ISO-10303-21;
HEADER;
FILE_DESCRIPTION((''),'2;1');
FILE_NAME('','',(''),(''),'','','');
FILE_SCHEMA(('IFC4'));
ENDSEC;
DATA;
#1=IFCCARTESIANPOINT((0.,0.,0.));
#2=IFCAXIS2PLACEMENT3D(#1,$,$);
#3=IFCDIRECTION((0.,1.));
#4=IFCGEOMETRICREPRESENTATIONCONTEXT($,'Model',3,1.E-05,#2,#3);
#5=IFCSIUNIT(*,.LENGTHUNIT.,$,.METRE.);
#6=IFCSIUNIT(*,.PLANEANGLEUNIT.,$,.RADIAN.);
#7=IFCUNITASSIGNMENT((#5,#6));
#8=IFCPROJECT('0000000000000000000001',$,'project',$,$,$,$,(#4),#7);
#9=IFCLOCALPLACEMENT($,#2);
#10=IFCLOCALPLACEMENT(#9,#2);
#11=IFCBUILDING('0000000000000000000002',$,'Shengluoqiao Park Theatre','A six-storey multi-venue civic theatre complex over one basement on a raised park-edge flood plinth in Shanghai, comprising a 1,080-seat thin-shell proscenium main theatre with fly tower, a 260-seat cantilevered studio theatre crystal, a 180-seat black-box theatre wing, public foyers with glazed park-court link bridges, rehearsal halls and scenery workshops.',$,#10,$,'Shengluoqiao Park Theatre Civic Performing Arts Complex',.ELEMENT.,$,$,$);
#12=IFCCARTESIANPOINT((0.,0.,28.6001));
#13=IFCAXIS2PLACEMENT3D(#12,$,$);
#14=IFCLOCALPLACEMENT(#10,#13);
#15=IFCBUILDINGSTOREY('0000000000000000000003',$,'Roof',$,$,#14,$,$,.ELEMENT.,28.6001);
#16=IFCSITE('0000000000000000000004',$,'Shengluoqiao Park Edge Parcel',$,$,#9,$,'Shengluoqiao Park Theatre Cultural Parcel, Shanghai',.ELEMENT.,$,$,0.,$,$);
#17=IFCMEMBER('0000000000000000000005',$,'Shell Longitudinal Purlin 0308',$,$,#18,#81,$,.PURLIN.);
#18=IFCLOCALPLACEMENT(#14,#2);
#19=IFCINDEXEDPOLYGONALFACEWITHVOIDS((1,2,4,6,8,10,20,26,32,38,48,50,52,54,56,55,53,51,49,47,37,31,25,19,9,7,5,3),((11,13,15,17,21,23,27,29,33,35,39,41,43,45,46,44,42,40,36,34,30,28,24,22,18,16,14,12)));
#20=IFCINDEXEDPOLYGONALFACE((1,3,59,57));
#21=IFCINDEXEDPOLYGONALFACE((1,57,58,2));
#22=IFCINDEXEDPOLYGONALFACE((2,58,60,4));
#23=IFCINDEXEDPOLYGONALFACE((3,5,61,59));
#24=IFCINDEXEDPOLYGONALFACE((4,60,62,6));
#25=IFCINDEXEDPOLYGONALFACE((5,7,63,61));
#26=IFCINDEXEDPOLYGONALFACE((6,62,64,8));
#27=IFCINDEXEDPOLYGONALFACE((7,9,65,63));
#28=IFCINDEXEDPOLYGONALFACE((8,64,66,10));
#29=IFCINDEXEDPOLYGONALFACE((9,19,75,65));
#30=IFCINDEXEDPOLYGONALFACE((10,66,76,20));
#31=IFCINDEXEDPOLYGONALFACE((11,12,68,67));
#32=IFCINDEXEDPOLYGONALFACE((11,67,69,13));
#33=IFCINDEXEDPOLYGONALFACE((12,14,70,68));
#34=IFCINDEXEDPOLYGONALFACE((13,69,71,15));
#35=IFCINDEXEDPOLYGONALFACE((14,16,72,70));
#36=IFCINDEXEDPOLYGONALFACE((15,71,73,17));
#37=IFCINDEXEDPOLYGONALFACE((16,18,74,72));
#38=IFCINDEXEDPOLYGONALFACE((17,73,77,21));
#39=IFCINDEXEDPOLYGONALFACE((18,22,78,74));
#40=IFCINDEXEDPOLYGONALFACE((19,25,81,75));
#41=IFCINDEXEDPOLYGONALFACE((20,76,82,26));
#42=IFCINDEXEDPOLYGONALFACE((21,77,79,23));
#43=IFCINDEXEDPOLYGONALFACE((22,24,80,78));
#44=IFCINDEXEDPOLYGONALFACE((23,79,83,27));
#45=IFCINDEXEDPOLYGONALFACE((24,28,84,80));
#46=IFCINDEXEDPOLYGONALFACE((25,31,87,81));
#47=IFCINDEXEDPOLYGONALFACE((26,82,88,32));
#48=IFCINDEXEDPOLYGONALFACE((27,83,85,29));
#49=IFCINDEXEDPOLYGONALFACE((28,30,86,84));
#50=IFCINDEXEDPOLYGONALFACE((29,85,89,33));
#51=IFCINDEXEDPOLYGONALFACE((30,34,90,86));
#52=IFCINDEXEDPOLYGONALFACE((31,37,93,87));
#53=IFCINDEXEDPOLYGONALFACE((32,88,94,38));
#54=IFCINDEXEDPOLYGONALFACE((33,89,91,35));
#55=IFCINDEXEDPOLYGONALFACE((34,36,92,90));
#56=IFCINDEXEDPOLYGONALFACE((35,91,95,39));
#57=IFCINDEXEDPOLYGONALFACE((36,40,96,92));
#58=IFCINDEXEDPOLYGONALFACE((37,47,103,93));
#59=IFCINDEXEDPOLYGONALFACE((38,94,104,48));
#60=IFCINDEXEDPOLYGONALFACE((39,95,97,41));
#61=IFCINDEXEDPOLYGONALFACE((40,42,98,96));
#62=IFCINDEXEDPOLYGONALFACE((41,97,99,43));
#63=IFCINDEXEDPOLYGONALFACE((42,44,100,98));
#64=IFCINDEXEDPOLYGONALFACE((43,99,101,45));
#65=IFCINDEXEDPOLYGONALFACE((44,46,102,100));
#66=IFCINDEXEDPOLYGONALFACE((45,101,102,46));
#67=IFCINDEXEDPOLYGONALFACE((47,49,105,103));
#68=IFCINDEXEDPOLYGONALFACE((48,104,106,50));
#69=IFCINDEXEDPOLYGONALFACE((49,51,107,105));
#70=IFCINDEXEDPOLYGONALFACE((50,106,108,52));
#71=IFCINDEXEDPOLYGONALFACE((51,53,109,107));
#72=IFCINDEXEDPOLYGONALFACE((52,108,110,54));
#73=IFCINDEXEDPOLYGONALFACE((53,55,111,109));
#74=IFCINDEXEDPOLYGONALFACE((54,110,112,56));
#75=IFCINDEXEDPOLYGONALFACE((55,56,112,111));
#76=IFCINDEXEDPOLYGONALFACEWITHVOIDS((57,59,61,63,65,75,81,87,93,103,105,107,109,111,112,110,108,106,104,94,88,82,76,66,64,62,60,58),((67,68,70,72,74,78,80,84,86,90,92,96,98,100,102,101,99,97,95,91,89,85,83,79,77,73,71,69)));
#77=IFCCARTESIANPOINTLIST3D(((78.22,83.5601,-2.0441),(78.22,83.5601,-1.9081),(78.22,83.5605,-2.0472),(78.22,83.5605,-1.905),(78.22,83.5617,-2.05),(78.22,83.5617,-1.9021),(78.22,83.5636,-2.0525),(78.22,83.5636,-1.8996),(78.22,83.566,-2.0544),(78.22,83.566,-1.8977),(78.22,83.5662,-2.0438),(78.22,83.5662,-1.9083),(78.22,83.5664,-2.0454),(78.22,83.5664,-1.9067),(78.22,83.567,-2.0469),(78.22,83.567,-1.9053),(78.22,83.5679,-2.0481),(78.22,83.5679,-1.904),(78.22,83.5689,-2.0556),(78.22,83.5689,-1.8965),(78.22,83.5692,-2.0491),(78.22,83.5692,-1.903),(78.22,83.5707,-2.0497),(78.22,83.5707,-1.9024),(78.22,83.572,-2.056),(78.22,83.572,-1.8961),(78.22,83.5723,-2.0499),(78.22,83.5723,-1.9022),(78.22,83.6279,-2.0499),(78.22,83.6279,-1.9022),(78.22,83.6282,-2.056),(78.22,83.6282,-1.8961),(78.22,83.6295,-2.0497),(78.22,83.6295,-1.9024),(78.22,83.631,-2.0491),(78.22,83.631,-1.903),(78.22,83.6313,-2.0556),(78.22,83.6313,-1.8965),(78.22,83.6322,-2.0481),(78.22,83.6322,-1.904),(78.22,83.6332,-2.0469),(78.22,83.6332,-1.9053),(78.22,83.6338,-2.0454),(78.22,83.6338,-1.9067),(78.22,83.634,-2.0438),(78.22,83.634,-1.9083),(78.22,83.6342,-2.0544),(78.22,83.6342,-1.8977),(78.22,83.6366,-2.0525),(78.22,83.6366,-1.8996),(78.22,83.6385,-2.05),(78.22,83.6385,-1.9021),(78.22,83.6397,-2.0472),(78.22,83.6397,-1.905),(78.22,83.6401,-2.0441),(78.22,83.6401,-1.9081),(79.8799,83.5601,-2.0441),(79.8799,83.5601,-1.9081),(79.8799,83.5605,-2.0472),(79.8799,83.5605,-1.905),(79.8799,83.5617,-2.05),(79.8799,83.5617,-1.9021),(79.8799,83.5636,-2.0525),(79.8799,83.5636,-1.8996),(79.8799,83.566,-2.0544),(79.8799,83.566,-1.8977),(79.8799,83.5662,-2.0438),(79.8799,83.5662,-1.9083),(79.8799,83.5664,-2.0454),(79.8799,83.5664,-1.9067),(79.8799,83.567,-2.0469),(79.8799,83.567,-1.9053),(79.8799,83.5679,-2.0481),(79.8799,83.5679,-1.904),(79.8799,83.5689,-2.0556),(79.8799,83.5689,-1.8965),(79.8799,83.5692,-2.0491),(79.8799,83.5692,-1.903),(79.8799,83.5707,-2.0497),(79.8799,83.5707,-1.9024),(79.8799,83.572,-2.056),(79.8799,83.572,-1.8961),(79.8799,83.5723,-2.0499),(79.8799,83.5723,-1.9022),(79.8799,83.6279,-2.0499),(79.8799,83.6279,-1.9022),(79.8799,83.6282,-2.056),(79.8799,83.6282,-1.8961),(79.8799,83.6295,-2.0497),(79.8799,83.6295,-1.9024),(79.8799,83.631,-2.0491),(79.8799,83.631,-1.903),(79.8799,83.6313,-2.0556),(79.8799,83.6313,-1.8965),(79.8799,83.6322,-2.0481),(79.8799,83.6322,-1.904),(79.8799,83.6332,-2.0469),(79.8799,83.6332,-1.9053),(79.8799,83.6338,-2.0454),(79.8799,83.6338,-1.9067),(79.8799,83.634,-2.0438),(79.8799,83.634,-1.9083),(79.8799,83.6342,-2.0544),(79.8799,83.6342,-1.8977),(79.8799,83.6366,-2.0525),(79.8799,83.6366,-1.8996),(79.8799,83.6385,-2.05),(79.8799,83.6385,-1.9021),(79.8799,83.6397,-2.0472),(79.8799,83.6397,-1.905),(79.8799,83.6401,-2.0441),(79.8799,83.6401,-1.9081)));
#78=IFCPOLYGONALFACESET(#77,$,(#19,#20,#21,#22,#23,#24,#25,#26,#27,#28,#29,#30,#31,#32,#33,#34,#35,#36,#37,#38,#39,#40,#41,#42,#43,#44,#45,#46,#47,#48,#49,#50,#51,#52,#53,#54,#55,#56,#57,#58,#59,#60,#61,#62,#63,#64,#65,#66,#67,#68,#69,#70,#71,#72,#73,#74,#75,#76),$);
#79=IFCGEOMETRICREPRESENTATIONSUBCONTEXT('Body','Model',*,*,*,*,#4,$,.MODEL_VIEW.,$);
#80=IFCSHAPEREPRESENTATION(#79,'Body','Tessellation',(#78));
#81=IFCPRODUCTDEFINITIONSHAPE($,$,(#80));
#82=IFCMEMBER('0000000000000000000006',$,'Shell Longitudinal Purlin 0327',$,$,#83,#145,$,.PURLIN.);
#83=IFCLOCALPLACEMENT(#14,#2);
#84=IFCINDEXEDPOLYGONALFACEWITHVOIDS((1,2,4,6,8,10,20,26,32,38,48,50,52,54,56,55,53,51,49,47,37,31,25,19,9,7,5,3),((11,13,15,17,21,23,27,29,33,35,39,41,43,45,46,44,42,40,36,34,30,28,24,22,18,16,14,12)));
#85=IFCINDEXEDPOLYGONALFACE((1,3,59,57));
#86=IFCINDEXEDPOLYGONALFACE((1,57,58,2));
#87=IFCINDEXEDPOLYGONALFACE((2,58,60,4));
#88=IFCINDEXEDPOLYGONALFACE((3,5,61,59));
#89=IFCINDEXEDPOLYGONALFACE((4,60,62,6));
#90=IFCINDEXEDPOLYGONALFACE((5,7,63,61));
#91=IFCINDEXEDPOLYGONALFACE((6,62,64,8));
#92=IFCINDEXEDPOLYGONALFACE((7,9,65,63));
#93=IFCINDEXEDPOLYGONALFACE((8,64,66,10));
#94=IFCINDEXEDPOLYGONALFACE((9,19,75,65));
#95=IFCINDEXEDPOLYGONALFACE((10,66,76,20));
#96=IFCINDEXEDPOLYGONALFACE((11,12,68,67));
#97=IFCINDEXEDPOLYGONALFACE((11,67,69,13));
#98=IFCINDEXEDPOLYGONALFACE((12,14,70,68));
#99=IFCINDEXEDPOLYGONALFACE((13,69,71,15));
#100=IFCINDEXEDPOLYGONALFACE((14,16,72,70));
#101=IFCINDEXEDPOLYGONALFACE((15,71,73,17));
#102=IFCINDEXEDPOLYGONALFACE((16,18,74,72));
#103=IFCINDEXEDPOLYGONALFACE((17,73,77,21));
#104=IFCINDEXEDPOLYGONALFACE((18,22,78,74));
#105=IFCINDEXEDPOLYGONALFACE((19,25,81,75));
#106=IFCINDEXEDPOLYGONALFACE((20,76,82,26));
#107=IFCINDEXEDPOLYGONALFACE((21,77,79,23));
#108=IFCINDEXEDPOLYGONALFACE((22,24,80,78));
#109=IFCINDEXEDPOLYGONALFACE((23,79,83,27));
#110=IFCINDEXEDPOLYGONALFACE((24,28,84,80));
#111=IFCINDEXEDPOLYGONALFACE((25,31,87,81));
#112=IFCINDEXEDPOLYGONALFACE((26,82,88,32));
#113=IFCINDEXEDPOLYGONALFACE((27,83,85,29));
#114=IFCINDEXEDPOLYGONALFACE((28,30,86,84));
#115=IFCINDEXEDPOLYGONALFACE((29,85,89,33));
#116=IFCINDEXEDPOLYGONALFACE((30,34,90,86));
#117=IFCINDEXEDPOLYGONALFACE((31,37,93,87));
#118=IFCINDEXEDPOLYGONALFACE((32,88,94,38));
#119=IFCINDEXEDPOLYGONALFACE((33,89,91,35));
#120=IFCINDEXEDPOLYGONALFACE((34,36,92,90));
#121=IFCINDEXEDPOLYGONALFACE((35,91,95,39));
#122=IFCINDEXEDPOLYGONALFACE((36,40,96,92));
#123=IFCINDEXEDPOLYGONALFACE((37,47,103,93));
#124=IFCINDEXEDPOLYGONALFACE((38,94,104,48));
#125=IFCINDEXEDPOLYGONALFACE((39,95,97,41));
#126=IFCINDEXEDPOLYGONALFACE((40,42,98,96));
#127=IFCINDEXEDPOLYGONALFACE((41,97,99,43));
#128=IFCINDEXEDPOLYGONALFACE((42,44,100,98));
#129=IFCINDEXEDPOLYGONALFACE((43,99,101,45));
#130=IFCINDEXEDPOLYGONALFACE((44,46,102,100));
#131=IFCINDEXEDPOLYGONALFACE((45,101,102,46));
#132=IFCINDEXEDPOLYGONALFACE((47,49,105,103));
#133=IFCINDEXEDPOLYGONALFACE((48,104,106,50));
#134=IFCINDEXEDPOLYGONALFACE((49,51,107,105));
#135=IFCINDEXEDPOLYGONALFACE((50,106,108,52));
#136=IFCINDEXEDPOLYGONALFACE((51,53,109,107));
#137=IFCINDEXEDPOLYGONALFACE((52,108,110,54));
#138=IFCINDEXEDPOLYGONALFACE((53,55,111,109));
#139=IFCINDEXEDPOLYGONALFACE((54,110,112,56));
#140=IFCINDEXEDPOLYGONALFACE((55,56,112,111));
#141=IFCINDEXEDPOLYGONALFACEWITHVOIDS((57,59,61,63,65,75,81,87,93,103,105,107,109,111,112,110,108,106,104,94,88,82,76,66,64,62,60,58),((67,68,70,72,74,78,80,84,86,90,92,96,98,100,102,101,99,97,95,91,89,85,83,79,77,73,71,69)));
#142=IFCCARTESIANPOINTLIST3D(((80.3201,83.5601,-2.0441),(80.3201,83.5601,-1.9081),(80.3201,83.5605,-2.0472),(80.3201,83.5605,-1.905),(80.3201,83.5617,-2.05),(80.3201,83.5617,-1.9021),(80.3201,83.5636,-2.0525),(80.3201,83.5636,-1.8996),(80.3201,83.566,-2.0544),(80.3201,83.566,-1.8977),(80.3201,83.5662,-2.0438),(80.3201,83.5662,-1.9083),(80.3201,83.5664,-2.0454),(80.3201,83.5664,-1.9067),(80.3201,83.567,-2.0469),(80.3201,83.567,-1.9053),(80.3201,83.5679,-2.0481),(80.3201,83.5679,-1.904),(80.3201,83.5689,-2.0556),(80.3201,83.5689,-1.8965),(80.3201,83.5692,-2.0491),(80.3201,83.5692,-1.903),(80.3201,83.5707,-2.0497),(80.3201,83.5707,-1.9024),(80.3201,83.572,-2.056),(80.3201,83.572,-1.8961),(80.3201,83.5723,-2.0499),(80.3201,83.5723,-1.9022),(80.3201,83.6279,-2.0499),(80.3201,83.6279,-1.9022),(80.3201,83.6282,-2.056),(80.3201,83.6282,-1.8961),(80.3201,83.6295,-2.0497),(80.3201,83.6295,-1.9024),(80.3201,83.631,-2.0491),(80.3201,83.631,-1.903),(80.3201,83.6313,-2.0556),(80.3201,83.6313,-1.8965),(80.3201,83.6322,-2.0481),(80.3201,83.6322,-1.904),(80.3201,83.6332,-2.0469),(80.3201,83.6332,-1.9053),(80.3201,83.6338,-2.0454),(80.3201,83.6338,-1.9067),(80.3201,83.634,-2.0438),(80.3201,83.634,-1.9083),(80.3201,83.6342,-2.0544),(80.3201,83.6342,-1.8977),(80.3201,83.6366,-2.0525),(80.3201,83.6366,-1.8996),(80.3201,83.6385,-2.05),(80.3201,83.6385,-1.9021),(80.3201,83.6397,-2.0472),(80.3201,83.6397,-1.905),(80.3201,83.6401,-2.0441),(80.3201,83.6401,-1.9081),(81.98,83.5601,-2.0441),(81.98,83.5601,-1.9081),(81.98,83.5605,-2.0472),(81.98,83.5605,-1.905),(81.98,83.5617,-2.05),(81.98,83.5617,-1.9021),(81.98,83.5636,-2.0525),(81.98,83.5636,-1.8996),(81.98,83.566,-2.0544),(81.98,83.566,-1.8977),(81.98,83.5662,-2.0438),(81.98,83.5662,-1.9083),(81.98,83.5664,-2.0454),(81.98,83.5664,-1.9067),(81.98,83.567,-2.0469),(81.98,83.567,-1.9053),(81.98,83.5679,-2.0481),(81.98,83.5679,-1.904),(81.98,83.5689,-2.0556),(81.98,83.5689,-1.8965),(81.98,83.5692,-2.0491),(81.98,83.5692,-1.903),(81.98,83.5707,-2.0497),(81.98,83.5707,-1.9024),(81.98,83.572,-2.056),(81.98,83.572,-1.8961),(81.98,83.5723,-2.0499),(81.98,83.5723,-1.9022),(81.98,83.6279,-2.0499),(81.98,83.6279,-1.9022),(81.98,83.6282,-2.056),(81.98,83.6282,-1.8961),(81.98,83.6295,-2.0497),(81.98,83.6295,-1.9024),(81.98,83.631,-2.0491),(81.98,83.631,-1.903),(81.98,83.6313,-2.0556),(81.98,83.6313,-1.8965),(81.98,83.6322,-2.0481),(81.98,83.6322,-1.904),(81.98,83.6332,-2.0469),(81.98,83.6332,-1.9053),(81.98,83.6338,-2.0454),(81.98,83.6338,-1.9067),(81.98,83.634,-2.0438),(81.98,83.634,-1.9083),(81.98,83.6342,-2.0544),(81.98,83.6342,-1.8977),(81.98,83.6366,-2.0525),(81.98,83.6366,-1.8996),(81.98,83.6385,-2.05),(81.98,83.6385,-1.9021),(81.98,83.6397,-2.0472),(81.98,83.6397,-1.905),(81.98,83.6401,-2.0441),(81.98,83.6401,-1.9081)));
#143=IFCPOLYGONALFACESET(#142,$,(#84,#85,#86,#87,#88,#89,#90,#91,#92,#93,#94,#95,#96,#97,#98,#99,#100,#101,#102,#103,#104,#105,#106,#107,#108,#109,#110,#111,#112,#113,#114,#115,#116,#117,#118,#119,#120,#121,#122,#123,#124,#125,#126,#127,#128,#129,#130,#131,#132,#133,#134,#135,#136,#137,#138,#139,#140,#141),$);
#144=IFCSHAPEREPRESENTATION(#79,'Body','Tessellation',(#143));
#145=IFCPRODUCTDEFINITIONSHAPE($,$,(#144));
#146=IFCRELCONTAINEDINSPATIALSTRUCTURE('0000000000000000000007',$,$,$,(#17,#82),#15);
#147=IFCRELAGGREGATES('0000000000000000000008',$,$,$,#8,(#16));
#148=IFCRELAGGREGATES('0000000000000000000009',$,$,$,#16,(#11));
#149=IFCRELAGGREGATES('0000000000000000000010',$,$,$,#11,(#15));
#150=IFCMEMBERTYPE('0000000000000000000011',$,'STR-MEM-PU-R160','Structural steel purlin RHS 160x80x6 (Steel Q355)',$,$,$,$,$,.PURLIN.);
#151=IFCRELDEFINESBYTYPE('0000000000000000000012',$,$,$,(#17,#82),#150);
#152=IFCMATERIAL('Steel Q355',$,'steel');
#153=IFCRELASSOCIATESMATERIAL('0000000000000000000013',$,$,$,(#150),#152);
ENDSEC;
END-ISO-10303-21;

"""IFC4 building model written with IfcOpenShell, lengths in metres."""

from ifc_helpers import new_model, si_unit, direction, frame, origin, origin_2d, place, context, subcontext, project, spatial, hollow_rectangle, extrude, material, material_profile, profile_set, type_object, element, save


model = new_model("IFC4")

# Units and contexts
model_context = context("Model", 3, precision=1e-05, world=origin(), true_north=direction((0.0, 1.0)))
body_context = subcontext(model_context, "Body", "Model", "MODEL_VIEW")
ifc_project = project(units=[si_unit("LENGTHUNIT", "METRE"), si_unit("PLANEANGLEUNIT", "RADIAN")], contexts=[model_context])

# Site, building, storey
site_placement = place(None, origin())
site = spatial("IfcSite", under=ifc_project, at=site_placement, Name="Shengluoqiao Park Edge Parcel", LongName="Shengluoqiao Park Theatre Cultural Parcel, Shanghai", CompositionType="ELEMENT", RefElevation=0.0)
building_placement = place(site_placement, origin())
building = spatial("IfcBuilding", under=site, at=building_placement, Name="Shengluoqiao Park Theatre", Description="A six-storey multi-venue civic theatre complex over one basement on a raised park-edge flood plinth in Shanghai, comprising a 1,080-seat thin-shell proscenium main theatre with fly tower, a 260-seat cantilevered studio theatre crystal, a 180-seat black-box theatre wing, public foyers with glazed park-court link bridges, rehearsal halls and scenery workshops.", LongName="Shengluoqiao Park Theatre Civic Performing Arts Complex", CompositionType="ELEMENT")
storey_placement = place(building_placement, frame((0.0, 0.0, 28.6001)))
storey = spatial("IfcBuildingStorey", under=building, at=storey_placement, Name="Roof", CompositionType="ELEMENT", Elevation=28.6001)

# Shared definitions
ifc_material_1 = material(Name="Steel Q355", Category="steel")

# Members
ifc_material_profile_1 = material_profile(ifc_material_1, hollow_rectangle(XDim=0.0801, YDim=0.1599, WallThickness=0.0061, InnerFilletRadius=0.0061, OuterFilletRadius=0.012, at=origin_2d()), Name="RHS 160x80x6")
ifc_profile_set_1 = profile_set([ifc_material_profile_1], Name="Steel Q355")
member_type_1 = type_object("IfcMemberType", Name="STR-MEM-PU-R160", Description="Structural steel purlin RHS 160x80x6 (Steel Q355)", PredefinedType="PURLIN", material=ifc_profile_set_1)
for number, where, z_axis, x_axis, name in (
    (1, (78.22, 83.6001, -1.9761), (1.0, 0.0, 0.0), (0.0, 1.0, 0.0), "Shell Longitudinal Purlin 0308"),
    (2, (80.3201, 83.6001, -1.9761), (1.0, 0.0, 0.0), (0.0, 1.0, 0.0), "Shell Longitudinal Purlin 0327"),
):
    element("IfcMember", number, at=place(storey_placement, frame(where, z_axis=z_axis, x_axis=x_axis)), inside=storey, type_object=member_type_1, Name=name, PredefinedType="PURLIN", context=body_context, shape_type="SweptSolid", body=[
        extrude(hollow_rectangle(XDim=0.0801, YDim=0.1599, WallThickness=0.0061, InnerFilletRadius=0.0061, OuterFilletRadius=0.012, at=origin_2d()), origin(), (0.0, 0.0, 1.0), 1.6599),
    ])

save(model, "model.ifc")
